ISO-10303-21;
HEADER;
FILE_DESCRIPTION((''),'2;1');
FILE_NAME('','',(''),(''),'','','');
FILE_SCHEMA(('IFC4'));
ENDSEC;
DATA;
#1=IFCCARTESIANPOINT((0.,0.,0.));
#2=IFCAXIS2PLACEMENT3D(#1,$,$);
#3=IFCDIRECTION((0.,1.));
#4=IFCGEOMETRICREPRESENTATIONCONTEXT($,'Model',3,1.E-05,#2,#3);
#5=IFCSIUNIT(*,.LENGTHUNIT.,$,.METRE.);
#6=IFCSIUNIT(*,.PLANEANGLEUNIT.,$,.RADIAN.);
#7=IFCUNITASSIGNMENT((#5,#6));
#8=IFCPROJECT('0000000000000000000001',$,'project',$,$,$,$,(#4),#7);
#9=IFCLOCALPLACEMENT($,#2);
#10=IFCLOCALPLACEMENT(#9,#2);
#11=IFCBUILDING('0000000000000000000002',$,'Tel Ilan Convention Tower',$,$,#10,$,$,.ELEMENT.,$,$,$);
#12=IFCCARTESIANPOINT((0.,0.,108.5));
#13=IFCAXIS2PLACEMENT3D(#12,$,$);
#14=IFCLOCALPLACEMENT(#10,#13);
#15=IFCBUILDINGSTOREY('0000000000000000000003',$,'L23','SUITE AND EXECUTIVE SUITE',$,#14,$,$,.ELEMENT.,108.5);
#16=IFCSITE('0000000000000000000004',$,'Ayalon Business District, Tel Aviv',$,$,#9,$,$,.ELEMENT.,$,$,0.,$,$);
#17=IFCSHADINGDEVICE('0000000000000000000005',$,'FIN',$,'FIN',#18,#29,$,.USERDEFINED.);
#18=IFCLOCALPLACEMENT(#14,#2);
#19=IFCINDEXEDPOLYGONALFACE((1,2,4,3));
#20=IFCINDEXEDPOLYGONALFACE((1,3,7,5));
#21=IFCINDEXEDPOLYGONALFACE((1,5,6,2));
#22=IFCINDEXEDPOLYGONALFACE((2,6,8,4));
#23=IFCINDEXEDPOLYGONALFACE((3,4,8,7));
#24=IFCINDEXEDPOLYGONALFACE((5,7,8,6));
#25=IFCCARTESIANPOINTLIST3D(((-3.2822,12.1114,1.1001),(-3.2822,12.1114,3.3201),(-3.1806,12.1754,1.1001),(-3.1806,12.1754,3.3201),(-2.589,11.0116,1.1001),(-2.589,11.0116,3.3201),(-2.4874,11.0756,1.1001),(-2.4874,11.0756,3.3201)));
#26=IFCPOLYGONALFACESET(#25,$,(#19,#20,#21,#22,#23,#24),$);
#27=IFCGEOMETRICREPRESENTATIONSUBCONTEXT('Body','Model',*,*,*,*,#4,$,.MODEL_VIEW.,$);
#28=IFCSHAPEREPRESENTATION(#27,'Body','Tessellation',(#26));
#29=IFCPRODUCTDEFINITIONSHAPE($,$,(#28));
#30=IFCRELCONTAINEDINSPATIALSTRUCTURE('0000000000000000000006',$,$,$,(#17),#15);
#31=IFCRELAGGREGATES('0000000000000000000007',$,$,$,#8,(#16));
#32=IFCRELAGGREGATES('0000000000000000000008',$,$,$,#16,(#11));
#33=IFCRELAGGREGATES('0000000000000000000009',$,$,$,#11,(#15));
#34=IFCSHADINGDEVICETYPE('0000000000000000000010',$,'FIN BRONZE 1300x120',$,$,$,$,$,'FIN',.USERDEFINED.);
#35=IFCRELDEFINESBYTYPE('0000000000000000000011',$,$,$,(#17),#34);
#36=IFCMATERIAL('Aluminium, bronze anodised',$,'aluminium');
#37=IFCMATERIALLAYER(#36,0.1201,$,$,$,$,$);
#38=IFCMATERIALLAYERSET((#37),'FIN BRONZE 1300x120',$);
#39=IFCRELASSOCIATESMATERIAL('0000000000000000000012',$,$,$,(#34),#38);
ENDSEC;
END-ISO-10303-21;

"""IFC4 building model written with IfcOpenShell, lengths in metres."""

from ifc_helpers import new_model, si_unit, direction, frame, origin, origin_2d, place, context, subcontext, project, spatial, rectangle, extrude, material, layer, layer_set, type_object, element, save


model = new_model("IFC4")

# Units and contexts
model_context = context("Model", 3, precision=1e-05, world=origin(), true_north=direction((0.0, 1.0)))
body_context = subcontext(model_context, "Body", "Model", "MODEL_VIEW")
ifc_project = project(units=[si_unit("LENGTHUNIT", "METRE"), si_unit("PLANEANGLEUNIT", "RADIAN")], contexts=[model_context])

# Site, building, storey
site_placement = place(None, origin())
site = spatial("IfcSite", under=ifc_project, at=site_placement, Name="Ayalon Business District, Tel Aviv", CompositionType="ELEMENT", RefElevation=0.0)
building_placement = place(site_placement, origin())
building = spatial("IfcBuilding", under=site, at=building_placement, Name="Tel Ilan Convention Tower", CompositionType="ELEMENT")
storey_placement = place(building_placement, frame((0.0, 0.0, 108.5)))
storey = spatial("IfcBuildingStorey", under=building, at=storey_placement, Name="L23", Description="SUITE AND EXECUTIVE SUITE", CompositionType="ELEMENT", Elevation=108.5)

# Shading device
ifc_material_1 = material(Name="Aluminium, bronze anodised", Category="aluminium")
ifc_layer_1 = layer(ifc_material_1, 0.1201)
ifc_layer_set_1 = layer_set([ifc_layer_1], Name="FIN BRONZE 1300x120")
shading_device_type = type_object("IfcShadingDeviceType", Name="FIN BRONZE 1300x120", ElementType="FIN", PredefinedType="USERDEFINED", material=ifc_layer_set_1)
shading_device_placement = place(storey_placement, frame((-2.8848, 11.5935, 1.1001), z_axis=(0.0, 0.0, 1.0), x_axis=(-0.533204, 0.845986, 0.0)))
element("IfcShadingDevice", 1, at=shading_device_placement, inside=storey, type_object=shading_device_type, Name="FIN", ObjectType="FIN", PredefinedType="USERDEFINED", context=body_context, shape_type="SweptSolid", body=[
    extrude(rectangle(XDim=1.3, YDim=0.1201, at=origin_2d()), origin(), (0.0, 0.0, 1.0), 2.22),
])

save(model, "model.ifc")
